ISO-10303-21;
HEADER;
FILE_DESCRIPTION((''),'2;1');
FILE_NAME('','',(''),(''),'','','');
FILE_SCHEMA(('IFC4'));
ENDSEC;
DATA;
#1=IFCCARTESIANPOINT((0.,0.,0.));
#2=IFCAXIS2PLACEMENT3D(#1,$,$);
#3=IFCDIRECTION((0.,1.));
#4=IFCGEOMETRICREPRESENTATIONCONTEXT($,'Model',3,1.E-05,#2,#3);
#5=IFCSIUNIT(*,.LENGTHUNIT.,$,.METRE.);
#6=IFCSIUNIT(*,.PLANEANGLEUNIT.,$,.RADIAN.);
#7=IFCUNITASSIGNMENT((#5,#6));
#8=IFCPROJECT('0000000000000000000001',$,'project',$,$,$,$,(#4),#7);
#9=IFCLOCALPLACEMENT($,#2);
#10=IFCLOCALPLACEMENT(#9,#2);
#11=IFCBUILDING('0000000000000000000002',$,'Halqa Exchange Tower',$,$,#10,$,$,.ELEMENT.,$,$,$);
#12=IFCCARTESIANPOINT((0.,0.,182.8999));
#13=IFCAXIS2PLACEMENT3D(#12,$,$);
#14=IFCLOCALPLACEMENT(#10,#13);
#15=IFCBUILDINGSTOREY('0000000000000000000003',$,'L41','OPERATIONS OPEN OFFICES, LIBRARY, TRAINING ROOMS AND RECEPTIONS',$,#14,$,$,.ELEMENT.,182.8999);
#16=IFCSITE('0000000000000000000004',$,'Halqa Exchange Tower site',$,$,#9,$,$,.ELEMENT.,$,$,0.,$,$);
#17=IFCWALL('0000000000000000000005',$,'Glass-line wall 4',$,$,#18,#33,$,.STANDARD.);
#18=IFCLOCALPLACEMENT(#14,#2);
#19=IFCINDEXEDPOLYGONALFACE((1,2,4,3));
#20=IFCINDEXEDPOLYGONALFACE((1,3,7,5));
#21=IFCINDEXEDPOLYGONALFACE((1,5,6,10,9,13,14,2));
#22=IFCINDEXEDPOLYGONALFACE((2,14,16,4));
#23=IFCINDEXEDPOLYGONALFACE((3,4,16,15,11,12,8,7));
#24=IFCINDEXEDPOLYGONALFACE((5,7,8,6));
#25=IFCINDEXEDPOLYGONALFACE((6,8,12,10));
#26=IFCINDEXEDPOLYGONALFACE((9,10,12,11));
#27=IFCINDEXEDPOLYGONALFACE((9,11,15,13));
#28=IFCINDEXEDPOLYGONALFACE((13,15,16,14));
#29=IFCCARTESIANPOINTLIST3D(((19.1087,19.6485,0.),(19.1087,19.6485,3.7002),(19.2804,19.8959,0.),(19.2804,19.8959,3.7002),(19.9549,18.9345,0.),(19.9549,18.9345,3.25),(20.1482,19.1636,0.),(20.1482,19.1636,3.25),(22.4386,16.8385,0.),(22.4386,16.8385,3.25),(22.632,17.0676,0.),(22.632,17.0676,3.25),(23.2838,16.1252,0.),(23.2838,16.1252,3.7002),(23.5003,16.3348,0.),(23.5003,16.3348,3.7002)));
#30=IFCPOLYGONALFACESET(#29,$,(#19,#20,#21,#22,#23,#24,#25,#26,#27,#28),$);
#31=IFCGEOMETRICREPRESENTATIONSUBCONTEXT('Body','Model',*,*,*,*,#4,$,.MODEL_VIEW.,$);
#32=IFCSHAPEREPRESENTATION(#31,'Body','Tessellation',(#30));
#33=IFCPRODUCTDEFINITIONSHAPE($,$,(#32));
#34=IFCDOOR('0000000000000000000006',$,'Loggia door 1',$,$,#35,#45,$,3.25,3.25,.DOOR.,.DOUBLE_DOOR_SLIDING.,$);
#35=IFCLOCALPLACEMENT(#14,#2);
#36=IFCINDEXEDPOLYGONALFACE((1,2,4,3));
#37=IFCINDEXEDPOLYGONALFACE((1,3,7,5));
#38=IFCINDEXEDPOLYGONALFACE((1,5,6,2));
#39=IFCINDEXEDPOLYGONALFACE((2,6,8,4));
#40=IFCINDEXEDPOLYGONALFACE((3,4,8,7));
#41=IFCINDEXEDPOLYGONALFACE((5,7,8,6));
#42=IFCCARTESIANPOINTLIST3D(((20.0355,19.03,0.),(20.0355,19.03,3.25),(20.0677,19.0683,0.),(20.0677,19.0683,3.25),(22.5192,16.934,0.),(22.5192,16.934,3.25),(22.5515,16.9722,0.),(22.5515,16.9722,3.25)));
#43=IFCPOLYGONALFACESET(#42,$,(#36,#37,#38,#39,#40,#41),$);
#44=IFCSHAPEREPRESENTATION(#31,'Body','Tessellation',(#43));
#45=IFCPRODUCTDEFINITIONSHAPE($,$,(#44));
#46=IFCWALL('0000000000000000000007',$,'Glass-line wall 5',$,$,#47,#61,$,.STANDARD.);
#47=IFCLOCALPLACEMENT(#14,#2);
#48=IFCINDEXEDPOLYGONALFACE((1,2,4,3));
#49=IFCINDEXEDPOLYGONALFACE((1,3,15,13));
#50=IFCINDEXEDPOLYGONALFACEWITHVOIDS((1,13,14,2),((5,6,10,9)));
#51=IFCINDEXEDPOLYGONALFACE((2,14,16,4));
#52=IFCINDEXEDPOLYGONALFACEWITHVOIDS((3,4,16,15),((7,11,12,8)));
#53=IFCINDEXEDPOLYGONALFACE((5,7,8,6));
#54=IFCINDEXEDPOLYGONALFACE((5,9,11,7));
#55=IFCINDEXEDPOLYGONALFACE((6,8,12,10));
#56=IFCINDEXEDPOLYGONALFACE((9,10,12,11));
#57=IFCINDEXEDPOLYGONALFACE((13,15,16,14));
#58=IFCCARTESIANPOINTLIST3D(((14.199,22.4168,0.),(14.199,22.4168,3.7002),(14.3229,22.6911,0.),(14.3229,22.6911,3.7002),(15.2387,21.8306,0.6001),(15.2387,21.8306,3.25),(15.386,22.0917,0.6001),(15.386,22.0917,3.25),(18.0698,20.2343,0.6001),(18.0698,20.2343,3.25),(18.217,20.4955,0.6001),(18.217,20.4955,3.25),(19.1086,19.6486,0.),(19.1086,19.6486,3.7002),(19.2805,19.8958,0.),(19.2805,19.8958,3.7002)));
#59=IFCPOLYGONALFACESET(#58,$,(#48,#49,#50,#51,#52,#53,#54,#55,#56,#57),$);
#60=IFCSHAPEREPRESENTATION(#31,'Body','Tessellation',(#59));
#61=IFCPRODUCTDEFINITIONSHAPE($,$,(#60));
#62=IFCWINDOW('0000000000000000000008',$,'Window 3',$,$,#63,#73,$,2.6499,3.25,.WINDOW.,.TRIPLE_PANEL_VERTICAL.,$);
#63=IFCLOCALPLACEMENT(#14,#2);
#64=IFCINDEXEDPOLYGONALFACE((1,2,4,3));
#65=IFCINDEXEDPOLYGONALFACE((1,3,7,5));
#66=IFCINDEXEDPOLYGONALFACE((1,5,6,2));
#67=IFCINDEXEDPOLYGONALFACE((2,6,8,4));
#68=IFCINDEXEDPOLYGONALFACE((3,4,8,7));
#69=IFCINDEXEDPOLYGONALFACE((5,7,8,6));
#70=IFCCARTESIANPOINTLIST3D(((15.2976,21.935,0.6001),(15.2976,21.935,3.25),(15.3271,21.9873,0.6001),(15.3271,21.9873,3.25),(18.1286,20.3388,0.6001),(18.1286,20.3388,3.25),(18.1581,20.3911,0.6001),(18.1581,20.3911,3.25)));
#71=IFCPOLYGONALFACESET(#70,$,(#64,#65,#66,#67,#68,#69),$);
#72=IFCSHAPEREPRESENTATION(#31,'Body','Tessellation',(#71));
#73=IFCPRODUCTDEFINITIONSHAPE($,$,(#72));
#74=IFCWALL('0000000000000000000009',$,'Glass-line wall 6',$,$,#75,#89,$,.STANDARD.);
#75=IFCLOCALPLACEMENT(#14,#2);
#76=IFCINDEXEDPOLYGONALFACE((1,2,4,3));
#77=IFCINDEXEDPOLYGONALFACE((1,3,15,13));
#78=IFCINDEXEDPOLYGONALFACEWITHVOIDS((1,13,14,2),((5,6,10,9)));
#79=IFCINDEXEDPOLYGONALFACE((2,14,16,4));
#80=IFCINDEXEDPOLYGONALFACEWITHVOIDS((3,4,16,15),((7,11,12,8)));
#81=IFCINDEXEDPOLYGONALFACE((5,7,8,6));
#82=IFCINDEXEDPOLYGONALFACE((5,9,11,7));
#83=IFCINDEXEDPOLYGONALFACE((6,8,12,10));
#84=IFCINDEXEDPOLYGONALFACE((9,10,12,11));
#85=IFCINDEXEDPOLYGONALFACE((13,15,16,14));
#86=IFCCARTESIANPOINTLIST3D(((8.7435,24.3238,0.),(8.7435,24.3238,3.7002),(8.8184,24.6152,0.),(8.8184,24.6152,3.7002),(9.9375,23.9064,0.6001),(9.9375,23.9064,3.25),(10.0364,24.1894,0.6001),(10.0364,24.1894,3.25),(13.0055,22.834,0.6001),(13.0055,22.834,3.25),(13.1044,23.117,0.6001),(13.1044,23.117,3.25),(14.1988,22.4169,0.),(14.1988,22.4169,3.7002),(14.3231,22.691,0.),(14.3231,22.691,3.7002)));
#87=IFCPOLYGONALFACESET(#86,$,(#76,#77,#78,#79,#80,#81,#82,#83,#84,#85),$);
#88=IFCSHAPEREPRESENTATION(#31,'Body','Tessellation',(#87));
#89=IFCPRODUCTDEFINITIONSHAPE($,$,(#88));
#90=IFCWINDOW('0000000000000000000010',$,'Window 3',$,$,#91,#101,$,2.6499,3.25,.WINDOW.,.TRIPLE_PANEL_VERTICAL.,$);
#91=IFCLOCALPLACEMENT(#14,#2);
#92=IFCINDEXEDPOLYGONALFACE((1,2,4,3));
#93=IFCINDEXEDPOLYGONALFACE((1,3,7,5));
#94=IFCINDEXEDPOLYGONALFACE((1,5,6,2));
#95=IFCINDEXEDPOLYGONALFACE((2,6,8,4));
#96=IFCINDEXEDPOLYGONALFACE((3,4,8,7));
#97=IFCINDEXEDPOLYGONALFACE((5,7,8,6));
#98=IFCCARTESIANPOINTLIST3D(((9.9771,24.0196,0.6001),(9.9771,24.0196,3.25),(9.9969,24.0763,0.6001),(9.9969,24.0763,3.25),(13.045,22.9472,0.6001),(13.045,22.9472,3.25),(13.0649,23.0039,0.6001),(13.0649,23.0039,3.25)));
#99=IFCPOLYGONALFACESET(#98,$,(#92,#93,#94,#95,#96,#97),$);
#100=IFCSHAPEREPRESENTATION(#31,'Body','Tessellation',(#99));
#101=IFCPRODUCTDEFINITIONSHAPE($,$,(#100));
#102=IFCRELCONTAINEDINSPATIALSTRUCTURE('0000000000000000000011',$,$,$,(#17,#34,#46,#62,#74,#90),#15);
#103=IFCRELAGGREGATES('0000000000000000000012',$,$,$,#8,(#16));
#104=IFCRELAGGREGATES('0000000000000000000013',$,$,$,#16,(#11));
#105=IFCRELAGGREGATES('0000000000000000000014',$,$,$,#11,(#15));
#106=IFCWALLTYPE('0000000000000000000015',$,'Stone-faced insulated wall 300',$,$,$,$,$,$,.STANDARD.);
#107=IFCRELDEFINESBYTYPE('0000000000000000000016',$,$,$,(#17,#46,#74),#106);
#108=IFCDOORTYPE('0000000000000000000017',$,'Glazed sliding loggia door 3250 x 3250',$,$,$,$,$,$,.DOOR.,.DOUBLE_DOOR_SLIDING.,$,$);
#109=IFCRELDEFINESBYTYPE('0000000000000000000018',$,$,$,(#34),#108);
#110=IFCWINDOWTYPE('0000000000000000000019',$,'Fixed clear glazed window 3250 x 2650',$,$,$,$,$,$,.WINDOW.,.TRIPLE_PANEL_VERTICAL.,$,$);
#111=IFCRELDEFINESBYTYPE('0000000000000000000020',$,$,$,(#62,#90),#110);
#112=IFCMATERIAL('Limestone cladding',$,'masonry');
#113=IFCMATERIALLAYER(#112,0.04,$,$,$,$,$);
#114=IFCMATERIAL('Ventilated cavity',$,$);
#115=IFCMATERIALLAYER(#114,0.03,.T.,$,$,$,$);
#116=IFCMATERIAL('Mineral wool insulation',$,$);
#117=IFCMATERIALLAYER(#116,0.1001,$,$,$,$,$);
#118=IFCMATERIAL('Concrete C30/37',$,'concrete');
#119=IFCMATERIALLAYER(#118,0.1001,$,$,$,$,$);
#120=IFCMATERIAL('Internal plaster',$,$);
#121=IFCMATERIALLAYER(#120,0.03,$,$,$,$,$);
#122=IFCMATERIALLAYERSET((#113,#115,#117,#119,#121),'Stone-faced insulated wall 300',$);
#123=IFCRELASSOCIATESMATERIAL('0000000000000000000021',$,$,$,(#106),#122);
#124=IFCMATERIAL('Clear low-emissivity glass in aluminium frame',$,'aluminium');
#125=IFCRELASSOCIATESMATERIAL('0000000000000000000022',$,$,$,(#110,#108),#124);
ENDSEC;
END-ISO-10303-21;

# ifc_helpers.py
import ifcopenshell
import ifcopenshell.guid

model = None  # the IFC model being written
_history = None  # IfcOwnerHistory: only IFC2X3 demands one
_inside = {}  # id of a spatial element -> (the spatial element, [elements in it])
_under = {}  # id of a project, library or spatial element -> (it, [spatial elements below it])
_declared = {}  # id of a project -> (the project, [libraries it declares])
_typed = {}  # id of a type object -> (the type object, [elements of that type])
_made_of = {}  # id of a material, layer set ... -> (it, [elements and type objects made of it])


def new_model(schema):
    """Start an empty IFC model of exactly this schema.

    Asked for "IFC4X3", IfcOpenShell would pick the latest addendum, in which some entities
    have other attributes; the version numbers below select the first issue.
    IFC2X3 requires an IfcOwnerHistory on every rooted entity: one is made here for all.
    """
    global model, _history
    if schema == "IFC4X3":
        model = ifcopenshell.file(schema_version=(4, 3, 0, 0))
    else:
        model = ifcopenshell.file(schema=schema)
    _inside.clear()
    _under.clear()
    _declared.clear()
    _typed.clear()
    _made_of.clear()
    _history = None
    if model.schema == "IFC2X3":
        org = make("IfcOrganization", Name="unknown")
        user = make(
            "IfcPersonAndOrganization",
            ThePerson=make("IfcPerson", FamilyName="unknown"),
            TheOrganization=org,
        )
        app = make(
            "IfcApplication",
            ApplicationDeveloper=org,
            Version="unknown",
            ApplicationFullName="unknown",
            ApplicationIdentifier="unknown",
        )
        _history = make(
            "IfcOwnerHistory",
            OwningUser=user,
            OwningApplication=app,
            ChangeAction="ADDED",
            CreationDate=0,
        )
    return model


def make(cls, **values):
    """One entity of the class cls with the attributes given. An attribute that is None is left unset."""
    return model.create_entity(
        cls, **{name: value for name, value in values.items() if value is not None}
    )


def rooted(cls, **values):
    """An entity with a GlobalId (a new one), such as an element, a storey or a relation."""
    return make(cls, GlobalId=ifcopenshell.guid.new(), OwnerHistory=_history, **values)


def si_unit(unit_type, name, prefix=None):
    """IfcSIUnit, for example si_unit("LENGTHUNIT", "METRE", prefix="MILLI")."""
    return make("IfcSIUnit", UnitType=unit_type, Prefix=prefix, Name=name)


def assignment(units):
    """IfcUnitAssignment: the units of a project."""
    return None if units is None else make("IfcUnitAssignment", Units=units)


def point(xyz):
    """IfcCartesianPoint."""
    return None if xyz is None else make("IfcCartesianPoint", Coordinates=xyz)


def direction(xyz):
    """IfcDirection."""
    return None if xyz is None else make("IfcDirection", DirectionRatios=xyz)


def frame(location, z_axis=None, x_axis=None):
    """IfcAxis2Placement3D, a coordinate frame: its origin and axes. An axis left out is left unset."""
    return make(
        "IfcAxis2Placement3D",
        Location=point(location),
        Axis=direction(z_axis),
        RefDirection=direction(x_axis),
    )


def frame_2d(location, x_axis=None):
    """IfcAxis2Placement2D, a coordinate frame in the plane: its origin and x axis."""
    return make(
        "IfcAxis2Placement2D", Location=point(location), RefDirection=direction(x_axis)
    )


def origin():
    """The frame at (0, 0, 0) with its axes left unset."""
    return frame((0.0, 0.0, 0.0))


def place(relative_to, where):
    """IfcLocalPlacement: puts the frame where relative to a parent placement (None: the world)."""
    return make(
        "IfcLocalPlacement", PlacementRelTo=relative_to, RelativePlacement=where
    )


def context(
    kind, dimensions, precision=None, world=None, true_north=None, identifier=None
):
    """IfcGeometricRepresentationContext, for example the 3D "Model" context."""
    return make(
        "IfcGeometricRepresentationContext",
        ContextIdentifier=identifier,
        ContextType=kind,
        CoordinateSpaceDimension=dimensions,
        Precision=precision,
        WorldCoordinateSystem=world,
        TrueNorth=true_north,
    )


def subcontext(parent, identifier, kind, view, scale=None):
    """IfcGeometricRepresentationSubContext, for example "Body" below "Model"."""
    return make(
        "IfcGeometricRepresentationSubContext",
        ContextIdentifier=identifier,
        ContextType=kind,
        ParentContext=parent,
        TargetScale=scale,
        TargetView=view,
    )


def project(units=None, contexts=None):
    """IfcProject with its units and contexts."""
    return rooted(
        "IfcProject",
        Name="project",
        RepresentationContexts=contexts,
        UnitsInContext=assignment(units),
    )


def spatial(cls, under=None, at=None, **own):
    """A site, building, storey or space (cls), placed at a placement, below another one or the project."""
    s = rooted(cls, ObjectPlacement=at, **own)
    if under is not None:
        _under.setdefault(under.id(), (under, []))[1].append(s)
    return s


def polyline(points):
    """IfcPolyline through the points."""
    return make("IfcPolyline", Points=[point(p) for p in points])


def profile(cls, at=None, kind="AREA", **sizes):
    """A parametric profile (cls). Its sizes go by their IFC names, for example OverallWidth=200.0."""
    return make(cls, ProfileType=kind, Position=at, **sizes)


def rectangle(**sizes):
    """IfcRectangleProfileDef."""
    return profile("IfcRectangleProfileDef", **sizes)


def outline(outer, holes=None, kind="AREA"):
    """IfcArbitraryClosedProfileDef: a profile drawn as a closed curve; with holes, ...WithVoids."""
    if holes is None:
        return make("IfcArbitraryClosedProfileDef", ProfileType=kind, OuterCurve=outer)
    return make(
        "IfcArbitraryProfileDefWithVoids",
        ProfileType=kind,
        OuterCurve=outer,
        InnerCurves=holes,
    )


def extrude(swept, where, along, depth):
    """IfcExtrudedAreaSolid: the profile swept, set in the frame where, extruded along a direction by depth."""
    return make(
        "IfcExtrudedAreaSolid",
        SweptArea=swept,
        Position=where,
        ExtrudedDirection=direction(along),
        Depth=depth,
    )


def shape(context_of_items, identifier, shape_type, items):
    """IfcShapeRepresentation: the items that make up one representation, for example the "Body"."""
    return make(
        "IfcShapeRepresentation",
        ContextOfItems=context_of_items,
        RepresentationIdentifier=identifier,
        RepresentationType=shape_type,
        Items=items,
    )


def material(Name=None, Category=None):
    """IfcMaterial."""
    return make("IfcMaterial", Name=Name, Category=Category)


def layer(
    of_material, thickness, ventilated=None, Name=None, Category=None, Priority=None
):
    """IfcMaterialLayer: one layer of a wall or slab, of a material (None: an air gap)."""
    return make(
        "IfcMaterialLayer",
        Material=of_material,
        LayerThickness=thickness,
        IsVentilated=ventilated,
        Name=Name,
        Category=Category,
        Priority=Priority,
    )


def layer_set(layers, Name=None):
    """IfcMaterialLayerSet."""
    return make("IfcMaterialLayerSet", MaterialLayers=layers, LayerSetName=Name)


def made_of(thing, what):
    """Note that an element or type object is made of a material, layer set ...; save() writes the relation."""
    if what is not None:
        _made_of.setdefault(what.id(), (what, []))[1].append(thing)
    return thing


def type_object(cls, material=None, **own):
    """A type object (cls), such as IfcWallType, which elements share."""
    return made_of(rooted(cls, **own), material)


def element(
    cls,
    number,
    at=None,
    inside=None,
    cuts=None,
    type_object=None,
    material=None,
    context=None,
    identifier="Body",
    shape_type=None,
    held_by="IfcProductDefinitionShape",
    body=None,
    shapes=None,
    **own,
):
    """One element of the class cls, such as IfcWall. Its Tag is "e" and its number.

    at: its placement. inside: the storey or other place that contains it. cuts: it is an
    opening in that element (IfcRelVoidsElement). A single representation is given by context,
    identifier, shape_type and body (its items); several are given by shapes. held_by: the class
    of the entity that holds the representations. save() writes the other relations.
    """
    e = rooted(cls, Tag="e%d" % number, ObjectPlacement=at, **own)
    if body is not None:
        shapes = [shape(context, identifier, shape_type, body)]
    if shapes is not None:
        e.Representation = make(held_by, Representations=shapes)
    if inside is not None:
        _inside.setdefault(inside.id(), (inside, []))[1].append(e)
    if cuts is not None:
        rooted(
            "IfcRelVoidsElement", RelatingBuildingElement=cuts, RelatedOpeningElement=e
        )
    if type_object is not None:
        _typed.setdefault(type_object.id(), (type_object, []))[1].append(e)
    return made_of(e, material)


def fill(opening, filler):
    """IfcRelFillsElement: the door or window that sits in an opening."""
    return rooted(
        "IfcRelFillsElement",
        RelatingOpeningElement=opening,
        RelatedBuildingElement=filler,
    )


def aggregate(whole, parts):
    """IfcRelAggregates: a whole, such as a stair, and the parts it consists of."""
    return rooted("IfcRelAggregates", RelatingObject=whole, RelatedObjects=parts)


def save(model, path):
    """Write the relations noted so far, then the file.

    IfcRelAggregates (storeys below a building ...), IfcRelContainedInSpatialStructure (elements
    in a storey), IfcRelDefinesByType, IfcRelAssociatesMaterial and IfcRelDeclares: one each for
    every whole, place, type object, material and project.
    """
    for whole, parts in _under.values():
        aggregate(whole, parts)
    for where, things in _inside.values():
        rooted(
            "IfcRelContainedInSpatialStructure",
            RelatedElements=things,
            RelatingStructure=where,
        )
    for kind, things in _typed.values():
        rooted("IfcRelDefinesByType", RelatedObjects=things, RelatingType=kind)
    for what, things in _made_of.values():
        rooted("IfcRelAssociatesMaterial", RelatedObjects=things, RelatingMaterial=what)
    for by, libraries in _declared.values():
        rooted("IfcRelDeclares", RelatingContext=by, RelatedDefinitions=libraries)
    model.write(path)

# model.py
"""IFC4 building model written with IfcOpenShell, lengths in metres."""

from ifc_helpers import new_model, si_unit, direction, frame, frame_2d, origin, place, context, subcontext, project, spatial, polyline, rectangle, outline, extrude, material, layer, layer_set, type_object, element, fill, save


model = new_model("IFC4")

# Units and contexts
model_context = context("Model", 3, precision=1e-05, world=origin(), true_north=direction((0.0, 1.0)))
body_context = subcontext(model_context, "Body", "Model", "MODEL_VIEW")
ifc_project = project(units=[si_unit("LENGTHUNIT", "METRE"), si_unit("PLANEANGLEUNIT", "RADIAN")], contexts=[model_context])

# Site, building, storey
site_placement = place(None, origin())
site = spatial("IfcSite", under=ifc_project, at=site_placement, Name="Halqa Exchange Tower site", CompositionType="ELEMENT", RefElevation=0.0)
building_placement = place(site_placement, origin())
building = spatial("IfcBuilding", under=site, at=building_placement, Name="Halqa Exchange Tower", CompositionType="ELEMENT")
storey_placement = place(building_placement, frame((0.0, 0.0, 182.8999)))
storey = spatial("IfcBuildingStorey", under=building, at=storey_placement, Name="L41", Description="OPERATIONS OPEN OFFICES, LIBRARY, TRAINING ROOMS AND RECEPTIONS", CompositionType="ELEMENT", Elevation=182.8999)

# Shared definitions
ifc_material_1 = material(Name="Limestone cladding", Category="masonry")
ifc_layer_1 = layer(ifc_material_1, 0.04)
ifc_material_2 = material(Name="Ventilated cavity")
ifc_layer_2 = layer(ifc_material_2, 0.03, ventilated=True)
ifc_material_3 = material(Name="Mineral wool insulation")
ifc_layer_3 = layer(ifc_material_3, 0.1001)
ifc_material_4 = material(Name="Concrete C30/37", Category="concrete")
ifc_layer_4 = layer(ifc_material_4, 0.1001)
ifc_material_5 = material(Name="Internal plaster")
ifc_layer_5 = layer(ifc_material_5, 0.03)
ifc_layer_set_1 = layer_set([ifc_layer_1, ifc_layer_2, ifc_layer_3, ifc_layer_4, ifc_layer_5], Name="Stone-faced insulated wall 300")
wall_type_1 = type_object("IfcWallType", Name="Stone-faced insulated wall 300", PredefinedType="STANDARD", material=ifc_layer_set_1)
ifc_material_6 = material(Name="Clear low-emissivity glass in aluminium frame", Category="aluminium")
window_type = type_object("IfcWindowType", Name="Fixed clear glazed window 3250 x 2650", PartitioningType="TRIPLE_PANEL_VERTICAL", PredefinedType="WINDOW", material=ifc_material_6)

# Wall, opening, door
wall_1_placement = place(storey_placement, frame((23.3921, 16.23, 0.0), z_axis=(0.0, 0.0, 1.0), x_axis=(-0.764239, 0.644933, 0.0)))
wall_1 = element("IfcWall", 1, at=wall_1_placement, inside=storey, type_object=wall_type_1, Name="Glass-line wall 4", PredefinedType="STANDARD", context=body_context, shape_type="SweptSolid", body=[
    extrude(outline(polyline([(-0.0151, -0.1499), (5.5066, -0.1499), (5.4783, 0.1499), (0.0151, 0.1499), (-0.0151, -0.1499)])), origin(), (0.0, 0.0, 1.0), 3.7002),
])
opening_1_placement = place(wall_1_placement, frame((1.1211, 0.0, 0.0)))
opening_1 = element("IfcOpeningElement", 2, at=opening_1_placement, cuts=wall_1, PredefinedType="OPENING", context=body_context, shape_type="SweptSolid", body=[
    extrude(rectangle(XDim=3.25, YDim=3.25, at=frame_2d((1.625, 1.625))), frame((0.0, 0.1621, 0.0), z_axis=(0.0, -1.0, 0.0), x_axis=(1.0, 0.0, 0.0)), (0.0, 0.0, 1.0), 0.324),
])
door_type = type_object("IfcDoorType", Name="Glazed sliding loggia door 3250 x 3250", OperationType="DOUBLE_DOOR_SLIDING", PredefinedType="DOOR", material=ifc_material_6)
door_placement = place(opening_1_placement, origin())
door = element("IfcDoor", 3, at=door_placement, inside=storey, type_object=door_type, Name="Loggia door 1", OperationType="DOUBLE_DOOR_SLIDING", OverallHeight=3.25, OverallWidth=3.25, PredefinedType="DOOR", context=body_context, shape_type="SweptSolid", body=[
    extrude(rectangle(XDim=3.25, YDim=3.25, at=frame_2d((1.625, 1.625))), frame((0.0, 0.0249, 0.0), z_axis=(0.0, -1.0, 0.0), x_axis=(1.0, 0.0, 0.0)), (0.0, 0.0, 1.0), 0.05),
])
fill(opening_1, door)

# Walls, openings, windows
wall_2_placement = place(storey_placement, frame((19.1946, 19.7722, 0.0), z_axis=(0.0, 0.0, 1.0), x_axis=(-0.871078, 0.491145, 0.0)))
wall_2 = element("IfcWall", 4, at=wall_2_placement, inside=storey, type_object=wall_type_1, Name="Glass-line wall 5", PredefinedType="STANDARD", context=body_context, shape_type="SweptSolid", body=[
    extrude(outline(polyline([(-0.0142, -0.1499), (5.6772, -0.1499), (5.6504, 0.1499), (0.0142, 0.1499), (-0.0142, -0.1499)])), origin(), (0.0, 0.0, 1.0), 3.7002),
])
opening_2_placement = place(wall_2_placement, frame((1.2068, 0.0, 0.6001)))
opening_2 = element("IfcOpeningElement", 5, at=opening_2_placement, cuts=wall_2, PredefinedType="OPENING", context=body_context, shape_type="SweptSolid", body=[
    extrude(rectangle(XDim=3.25, YDim=2.6499, at=frame_2d((1.625, 1.325))), frame((0.0, 0.1621, 0.0), z_axis=(0.0, -1.0, 0.0), x_axis=(1.0, 0.0, 0.0)), (0.0, 0.0, 1.0), 0.324),
])
window_1_placement = place(opening_2_placement, origin())
window_1 = element("IfcWindow", 6, at=window_1_placement, inside=storey, type_object=window_type, Name="Window 3", OverallHeight=2.6499, OverallWidth=3.25, PartitioningType="TRIPLE_PANEL_VERTICAL", PredefinedType="WINDOW", context=body_context, shape_type="SweptSolid", body=[
    extrude(rectangle(XDim=3.25, YDim=2.6499, at=frame_2d((1.625, 1.325))), frame((0.0, 0.03, 0.0), z_axis=(0.0, -1.0, 0.0), x_axis=(1.0, 0.0, 0.0)), (0.0, 0.0, 1.0), 0.0601),
])
fill(opening_2, window_1)
wall_3_placement = place(storey_placement, frame((14.261, 22.554, 0.0), z_axis=(0.0, 0.0, 1.0), x_axis=(-0.943991, 0.329972, 0.0)))
wall_3 = element("IfcWall", 7, at=wall_3_placement, inside=storey, type_object=wall_type_1, Name="Glass-line wall 6", PredefinedType="STANDARD", context=body_context, shape_type="SweptSolid", body=[
    extrude(outline(polyline([(-0.0134, -0.1499), (5.8179, -0.1499), (5.7925, 0.1499), (0.0134, 0.1499), (-0.0134, -0.1499)])), origin(), (0.0, 0.0, 1.0), 3.7002),
])
opening_3_placement = place(wall_3_placement, frame((1.2776, 0.0, 0.6001)))
opening_3 = element("IfcOpeningElement", 8, at=opening_3_placement, cuts=wall_3, PredefinedType="OPENING", context=body_context, shape_type="SweptSolid", body=[
    extrude(rectangle(XDim=3.25, YDim=2.6499, at=frame_2d((1.625, 1.325))), frame((0.0, 0.1621, 0.0), z_axis=(0.0, -1.0, 0.0), x_axis=(1.0, 0.0, 0.0)), (0.0, 0.0, 1.0), 0.324),
])
window_2_placement = place(opening_3_placement, origin())
window_2 = element("IfcWindow", 9, at=window_2_placement, inside=storey, type_object=window_type, Name="Window 3", OverallHeight=2.6499, OverallWidth=3.25, PartitioningType="TRIPLE_PANEL_VERTICAL", PredefinedType="WINDOW", context=body_context, shape_type="SweptSolid", body=[
    extrude(rectangle(XDim=3.25, YDim=2.6499, at=frame_2d((1.625, 1.325))), frame((0.0, 0.03, 0.0), z_axis=(0.0, -1.0, 0.0), x_axis=(1.0, 0.0, 0.0)), (0.0, 0.0, 1.0), 0.0601),
])
fill(opening_3, window_2)

save(model, "model.ifc")
